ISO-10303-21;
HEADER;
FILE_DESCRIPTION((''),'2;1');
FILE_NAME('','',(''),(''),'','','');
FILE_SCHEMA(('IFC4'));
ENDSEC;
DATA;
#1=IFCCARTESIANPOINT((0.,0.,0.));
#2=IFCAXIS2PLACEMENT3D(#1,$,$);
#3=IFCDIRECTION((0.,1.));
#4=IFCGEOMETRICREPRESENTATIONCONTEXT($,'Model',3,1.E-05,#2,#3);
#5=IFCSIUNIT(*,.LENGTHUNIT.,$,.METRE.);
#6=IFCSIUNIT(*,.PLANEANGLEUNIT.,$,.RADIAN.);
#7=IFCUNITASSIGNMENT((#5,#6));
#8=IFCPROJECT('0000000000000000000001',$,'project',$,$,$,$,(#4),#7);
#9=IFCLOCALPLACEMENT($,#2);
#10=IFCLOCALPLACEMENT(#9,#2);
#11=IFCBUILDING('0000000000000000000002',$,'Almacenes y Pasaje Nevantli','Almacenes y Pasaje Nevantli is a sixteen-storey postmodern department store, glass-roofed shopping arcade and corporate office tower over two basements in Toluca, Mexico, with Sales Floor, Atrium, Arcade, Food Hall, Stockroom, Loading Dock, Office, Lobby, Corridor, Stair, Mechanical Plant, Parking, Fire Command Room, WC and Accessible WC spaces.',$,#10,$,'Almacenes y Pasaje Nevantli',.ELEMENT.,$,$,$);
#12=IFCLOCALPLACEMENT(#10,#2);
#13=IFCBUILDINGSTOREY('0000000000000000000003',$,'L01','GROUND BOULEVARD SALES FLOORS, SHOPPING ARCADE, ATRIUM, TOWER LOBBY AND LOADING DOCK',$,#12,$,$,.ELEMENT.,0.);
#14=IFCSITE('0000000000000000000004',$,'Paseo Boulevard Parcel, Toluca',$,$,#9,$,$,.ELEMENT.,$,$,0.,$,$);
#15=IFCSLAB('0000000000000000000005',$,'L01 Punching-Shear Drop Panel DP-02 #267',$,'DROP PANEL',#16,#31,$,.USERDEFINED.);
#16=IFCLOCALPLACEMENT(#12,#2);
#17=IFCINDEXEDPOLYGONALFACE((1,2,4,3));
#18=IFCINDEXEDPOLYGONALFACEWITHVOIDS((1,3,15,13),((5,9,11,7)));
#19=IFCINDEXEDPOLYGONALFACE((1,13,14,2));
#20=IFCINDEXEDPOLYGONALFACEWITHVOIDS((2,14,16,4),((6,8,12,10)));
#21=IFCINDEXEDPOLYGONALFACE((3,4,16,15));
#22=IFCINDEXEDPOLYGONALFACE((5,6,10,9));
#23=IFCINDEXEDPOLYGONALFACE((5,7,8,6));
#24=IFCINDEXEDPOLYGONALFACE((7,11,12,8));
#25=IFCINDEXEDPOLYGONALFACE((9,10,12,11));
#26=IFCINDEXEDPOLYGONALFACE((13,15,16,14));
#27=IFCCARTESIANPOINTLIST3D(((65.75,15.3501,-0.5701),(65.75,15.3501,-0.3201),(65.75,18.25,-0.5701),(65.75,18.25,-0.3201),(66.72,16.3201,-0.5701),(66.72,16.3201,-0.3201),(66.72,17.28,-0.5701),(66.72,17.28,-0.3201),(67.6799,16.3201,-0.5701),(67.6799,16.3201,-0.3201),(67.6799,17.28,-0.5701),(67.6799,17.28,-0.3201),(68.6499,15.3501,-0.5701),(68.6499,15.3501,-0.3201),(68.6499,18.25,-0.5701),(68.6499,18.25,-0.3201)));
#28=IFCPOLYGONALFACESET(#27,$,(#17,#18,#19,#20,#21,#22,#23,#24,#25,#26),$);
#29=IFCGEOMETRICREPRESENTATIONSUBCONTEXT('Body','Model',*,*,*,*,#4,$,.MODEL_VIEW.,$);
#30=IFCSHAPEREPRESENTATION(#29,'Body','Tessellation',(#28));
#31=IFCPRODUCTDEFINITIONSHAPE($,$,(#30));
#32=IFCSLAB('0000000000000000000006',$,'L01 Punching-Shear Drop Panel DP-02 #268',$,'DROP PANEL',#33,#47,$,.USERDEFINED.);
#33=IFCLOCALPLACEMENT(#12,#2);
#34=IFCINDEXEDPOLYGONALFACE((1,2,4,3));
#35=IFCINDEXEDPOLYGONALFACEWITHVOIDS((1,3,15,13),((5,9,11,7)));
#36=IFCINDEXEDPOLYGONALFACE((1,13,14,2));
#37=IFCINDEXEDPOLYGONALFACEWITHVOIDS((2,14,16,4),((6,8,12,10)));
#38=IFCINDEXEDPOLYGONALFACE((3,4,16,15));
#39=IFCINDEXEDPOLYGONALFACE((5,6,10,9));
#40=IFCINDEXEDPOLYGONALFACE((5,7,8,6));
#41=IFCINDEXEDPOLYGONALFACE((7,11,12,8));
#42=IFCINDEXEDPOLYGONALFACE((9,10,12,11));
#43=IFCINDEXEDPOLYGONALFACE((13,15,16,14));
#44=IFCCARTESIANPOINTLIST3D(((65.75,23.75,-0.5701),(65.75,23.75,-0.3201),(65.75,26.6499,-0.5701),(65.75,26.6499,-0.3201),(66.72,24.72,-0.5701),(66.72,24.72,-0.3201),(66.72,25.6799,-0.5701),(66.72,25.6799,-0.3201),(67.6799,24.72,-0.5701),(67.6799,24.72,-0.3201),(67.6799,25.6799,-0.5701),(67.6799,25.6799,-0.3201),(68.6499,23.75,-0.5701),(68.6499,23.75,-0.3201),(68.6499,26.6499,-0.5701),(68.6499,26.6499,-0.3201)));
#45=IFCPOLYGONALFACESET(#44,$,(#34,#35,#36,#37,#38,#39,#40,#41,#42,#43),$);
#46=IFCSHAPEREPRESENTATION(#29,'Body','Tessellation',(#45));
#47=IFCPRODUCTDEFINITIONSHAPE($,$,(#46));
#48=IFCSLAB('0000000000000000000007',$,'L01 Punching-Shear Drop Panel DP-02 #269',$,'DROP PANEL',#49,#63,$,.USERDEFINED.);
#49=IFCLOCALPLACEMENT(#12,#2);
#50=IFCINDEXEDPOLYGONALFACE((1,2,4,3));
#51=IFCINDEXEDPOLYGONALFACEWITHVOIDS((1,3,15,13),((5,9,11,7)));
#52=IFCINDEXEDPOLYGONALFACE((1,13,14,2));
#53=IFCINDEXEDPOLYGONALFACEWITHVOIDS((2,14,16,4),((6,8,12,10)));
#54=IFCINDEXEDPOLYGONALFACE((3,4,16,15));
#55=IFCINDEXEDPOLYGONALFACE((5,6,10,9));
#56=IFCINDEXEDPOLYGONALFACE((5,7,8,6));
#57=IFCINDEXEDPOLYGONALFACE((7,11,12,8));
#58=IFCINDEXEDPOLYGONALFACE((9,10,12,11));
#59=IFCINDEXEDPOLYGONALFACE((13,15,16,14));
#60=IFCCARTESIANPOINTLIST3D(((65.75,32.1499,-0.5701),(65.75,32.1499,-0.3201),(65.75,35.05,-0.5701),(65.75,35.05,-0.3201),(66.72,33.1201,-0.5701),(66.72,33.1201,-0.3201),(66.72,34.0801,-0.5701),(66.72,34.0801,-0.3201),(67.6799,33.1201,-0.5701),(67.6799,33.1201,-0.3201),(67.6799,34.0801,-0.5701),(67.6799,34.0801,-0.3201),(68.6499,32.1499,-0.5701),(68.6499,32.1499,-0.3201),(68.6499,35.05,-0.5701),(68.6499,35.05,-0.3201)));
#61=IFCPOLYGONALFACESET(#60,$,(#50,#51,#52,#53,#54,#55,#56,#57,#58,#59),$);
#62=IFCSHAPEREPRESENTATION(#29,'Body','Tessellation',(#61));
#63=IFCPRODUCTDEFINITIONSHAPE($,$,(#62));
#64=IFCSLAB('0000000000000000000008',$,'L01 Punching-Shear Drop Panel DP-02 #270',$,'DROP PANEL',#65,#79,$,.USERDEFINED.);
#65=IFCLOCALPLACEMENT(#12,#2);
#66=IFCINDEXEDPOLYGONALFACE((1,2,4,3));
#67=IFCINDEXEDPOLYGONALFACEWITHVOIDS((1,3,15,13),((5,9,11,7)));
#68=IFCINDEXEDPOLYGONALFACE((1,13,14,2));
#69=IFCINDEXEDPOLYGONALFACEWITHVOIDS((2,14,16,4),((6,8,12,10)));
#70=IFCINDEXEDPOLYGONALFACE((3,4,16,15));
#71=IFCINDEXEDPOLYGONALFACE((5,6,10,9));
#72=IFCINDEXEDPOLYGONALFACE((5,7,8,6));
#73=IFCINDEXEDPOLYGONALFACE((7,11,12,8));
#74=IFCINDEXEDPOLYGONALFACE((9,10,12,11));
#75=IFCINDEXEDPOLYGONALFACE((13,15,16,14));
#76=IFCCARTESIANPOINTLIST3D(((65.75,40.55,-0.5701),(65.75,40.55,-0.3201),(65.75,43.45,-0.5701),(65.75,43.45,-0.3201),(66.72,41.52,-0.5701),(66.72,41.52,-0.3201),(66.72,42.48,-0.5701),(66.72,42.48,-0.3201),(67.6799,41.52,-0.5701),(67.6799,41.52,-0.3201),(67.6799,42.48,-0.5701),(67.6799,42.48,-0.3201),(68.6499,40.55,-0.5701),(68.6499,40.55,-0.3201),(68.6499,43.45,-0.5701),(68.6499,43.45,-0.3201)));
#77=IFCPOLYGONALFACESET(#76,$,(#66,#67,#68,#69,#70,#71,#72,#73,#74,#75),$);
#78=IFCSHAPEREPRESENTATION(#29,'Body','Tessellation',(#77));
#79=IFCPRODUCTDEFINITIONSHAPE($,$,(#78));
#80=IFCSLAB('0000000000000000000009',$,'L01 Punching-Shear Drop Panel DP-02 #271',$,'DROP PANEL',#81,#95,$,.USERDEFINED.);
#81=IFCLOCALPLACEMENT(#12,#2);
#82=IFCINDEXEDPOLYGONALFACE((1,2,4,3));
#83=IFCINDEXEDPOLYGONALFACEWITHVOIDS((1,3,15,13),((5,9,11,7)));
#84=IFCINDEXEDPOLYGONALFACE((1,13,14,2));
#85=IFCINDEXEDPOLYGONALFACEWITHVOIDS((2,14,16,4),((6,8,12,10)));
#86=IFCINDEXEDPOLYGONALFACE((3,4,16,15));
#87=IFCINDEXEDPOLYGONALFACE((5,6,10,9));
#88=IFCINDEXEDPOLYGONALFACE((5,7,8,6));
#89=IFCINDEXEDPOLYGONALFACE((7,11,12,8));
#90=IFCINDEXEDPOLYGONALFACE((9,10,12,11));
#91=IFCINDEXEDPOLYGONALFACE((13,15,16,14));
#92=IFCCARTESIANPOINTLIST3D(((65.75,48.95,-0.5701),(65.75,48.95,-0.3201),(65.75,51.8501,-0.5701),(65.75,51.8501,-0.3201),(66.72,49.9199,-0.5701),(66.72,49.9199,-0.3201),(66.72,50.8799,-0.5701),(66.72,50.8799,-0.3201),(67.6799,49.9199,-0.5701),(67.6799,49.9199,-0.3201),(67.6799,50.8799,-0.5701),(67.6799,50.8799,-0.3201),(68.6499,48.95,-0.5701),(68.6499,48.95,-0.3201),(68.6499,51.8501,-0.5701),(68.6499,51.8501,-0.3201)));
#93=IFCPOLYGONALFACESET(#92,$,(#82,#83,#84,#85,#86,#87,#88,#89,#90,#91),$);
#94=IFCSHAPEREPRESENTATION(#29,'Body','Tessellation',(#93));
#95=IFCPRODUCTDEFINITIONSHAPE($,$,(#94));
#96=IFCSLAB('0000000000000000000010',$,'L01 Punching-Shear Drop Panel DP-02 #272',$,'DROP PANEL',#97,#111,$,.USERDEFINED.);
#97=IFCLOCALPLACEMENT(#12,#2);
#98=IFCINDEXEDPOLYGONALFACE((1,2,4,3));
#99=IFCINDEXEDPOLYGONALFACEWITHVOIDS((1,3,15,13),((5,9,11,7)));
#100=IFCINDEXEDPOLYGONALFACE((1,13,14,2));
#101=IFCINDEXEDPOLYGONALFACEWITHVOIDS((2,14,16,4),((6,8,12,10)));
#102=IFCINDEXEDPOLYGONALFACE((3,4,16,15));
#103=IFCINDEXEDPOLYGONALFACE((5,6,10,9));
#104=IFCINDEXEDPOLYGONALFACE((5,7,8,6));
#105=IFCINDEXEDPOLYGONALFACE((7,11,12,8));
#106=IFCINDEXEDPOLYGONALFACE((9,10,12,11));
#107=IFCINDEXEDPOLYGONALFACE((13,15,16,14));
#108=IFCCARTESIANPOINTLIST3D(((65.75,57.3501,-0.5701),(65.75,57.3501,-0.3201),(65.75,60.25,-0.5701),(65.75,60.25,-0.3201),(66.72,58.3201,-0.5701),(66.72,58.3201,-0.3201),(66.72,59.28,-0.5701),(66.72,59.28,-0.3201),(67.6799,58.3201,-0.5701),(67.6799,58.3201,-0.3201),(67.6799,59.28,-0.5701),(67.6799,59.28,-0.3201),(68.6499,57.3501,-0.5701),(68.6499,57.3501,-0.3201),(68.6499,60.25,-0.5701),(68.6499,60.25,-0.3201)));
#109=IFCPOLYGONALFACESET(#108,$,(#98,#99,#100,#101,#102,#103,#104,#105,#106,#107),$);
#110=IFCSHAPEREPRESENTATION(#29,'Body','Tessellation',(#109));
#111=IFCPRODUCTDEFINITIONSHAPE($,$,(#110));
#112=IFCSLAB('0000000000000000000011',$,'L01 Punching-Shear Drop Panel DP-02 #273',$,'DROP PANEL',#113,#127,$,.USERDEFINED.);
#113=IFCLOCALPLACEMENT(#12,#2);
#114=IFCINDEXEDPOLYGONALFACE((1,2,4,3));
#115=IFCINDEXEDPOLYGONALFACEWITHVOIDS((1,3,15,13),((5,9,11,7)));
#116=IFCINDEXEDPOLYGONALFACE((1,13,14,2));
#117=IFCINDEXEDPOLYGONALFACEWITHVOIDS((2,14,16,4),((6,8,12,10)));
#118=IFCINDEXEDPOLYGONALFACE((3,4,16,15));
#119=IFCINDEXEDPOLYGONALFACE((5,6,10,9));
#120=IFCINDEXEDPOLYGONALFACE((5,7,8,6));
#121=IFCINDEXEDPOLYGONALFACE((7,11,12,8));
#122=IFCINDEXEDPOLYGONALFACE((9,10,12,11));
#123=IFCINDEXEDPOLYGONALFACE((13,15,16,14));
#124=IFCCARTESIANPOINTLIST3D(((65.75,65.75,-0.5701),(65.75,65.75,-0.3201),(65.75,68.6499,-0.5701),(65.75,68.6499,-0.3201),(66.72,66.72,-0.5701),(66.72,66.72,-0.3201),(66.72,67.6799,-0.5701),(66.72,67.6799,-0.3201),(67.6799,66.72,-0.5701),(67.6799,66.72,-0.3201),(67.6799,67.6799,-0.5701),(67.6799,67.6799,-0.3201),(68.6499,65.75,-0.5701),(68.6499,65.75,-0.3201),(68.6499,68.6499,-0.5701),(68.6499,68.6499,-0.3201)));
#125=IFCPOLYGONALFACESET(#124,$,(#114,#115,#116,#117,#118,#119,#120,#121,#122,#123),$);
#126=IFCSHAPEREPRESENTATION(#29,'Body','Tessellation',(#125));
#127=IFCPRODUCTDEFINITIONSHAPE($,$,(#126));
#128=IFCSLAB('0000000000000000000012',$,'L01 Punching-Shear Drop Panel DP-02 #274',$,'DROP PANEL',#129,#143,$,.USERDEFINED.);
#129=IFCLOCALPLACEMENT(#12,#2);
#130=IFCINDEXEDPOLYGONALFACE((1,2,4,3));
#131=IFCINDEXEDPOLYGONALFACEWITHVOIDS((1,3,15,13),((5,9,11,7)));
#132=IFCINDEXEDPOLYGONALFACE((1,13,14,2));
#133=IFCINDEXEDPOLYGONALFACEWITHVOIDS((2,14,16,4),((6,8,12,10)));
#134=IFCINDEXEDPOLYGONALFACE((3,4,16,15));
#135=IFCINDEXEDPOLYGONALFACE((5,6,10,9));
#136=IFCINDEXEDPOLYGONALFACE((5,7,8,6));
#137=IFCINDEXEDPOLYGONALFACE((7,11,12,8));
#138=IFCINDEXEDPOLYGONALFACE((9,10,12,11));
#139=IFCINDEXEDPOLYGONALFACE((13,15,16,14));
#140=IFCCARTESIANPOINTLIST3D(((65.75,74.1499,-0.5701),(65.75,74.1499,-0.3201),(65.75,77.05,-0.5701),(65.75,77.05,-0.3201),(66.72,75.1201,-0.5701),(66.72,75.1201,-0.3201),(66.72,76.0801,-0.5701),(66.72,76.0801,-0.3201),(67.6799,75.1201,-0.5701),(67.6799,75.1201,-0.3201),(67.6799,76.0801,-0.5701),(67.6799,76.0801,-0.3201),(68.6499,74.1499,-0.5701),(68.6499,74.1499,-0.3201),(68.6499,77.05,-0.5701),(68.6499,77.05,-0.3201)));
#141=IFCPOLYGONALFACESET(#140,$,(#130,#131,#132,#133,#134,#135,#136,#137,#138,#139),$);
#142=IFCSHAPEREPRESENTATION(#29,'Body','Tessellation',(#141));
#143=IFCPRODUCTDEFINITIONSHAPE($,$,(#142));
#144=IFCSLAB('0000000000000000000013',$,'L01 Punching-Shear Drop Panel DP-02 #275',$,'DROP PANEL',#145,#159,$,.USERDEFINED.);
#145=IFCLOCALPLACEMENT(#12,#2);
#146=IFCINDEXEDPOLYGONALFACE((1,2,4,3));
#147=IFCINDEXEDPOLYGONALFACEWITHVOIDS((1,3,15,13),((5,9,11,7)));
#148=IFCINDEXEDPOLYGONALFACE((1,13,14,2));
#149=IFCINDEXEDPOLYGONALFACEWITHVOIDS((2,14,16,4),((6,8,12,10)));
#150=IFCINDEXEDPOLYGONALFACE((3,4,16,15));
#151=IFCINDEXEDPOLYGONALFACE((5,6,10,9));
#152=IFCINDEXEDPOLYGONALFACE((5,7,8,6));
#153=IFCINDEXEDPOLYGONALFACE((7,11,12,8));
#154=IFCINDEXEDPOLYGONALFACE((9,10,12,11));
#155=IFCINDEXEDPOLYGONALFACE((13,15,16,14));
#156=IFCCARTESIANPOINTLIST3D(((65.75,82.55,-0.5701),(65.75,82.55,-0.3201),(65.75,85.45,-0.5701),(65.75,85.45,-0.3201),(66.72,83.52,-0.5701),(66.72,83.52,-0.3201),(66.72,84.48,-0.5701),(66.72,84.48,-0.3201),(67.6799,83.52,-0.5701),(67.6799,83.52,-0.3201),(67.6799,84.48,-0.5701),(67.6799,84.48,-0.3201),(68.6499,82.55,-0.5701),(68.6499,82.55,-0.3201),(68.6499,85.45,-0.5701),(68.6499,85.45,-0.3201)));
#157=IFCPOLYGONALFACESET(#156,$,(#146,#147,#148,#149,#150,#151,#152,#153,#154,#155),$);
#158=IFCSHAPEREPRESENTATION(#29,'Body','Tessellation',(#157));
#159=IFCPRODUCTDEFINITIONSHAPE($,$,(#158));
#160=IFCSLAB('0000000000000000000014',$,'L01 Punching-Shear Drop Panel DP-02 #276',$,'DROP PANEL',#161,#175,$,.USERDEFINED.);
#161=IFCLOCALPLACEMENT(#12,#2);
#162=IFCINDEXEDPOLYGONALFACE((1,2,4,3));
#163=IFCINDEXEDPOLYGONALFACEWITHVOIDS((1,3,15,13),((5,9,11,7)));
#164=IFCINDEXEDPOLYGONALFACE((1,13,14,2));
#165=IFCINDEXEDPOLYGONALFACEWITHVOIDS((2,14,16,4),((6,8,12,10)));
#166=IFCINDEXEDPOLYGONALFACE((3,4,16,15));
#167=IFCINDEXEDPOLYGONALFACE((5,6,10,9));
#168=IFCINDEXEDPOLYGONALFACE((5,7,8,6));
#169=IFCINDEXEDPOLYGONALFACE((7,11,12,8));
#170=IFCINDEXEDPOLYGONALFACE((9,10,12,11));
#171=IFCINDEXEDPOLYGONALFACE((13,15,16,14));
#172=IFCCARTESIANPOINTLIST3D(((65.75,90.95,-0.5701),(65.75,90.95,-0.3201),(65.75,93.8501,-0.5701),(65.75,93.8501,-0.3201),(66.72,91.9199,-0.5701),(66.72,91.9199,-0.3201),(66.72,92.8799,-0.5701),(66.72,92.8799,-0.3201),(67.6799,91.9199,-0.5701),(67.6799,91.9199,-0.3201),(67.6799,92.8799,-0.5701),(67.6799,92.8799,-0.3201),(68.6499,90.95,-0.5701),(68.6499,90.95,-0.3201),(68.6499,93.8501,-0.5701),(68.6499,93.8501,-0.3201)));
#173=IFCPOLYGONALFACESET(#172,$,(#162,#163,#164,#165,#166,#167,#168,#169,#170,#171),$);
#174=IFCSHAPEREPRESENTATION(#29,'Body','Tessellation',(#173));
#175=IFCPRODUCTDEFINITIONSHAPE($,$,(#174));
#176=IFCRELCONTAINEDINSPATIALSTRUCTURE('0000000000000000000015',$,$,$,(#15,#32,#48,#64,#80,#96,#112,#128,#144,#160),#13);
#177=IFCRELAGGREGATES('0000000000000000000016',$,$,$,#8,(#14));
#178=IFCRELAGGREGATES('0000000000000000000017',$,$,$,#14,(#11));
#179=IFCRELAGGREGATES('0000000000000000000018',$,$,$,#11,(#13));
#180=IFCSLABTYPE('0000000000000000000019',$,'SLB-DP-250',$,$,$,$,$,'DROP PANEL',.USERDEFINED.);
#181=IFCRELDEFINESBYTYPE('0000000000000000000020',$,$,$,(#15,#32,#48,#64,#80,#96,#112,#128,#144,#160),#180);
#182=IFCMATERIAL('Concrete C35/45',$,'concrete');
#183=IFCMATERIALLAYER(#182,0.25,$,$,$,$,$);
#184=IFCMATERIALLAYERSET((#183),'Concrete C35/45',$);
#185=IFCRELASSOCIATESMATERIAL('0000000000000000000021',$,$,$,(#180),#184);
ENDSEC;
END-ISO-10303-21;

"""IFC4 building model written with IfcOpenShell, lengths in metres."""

from ifc_helpers import new_model, si_unit, direction, frame, origin, place, context, subcontext, project, spatial, polyline, outline, extrude, material, layer, layer_set, type_object, element, save


model = new_model("IFC4")

# Units and contexts
model_context = context("Model", 3, precision=1e-05, world=origin(), true_north=direction((0.0, 1.0)))
body_context = subcontext(model_context, "Body", "Model", "MODEL_VIEW")
ifc_project = project(units=[si_unit("LENGTHUNIT", "METRE"), si_unit("PLANEANGLEUNIT", "RADIAN")], contexts=[model_context])

# Site, building, storey
site_placement = place(None, origin())
site = spatial("IfcSite", under=ifc_project, at=site_placement, Name="Paseo Boulevard Parcel, Toluca", CompositionType="ELEMENT", RefElevation=0.0)
building_placement = place(site_placement, origin())
building = spatial("IfcBuilding", under=site, at=building_placement, Name="Almacenes y Pasaje Nevantli", Description="Almacenes y Pasaje Nevantli is a sixteen-storey postmodern department store, glass-roofed shopping arcade and corporate office tower over two basements in Toluca, Mexico, with Sales Floor, Atrium, Arcade, Food Hall, Stockroom, Loading Dock, Office, Lobby, Corridor, Stair, Mechanical Plant, Parking, Fire Command Room, WC and Accessible WC spaces.", LongName="Almacenes y Pasaje Nevantli", CompositionType="ELEMENT")
storey_placement = place(building_placement, origin())
storey = spatial("IfcBuildingStorey", under=building, at=storey_placement, Name="L01", Description="GROUND BOULEVARD SALES FLOORS, SHOPPING ARCADE, ATRIUM, TOWER LOBBY AND LOADING DOCK", CompositionType="ELEMENT", Elevation=0.0)

# Slabs
ifc_material = material(Name="Concrete C35/45", Category="concrete")
ifc_layer = layer(ifc_material, 0.25)
ifc_layer_set = layer_set([ifc_layer], Name="Concrete C35/45")
slab_type = type_object("IfcSlabType", Name="SLB-DP-250", ElementType="DROP PANEL", PredefinedType="USERDEFINED", material=ifc_layer_set)
slab_1_placement = place(storey_placement, frame((0.0, 0.0, -0.5701)))
element("IfcSlab", 1, at=slab_1_placement, inside=storey, type_object=slab_type, Name="L01 Punching-Shear Drop Panel DP-02 #267", ObjectType="DROP PANEL", PredefinedType="USERDEFINED", context=body_context, shape_type="SweptSolid", body=[
    extrude(outline(polyline([(65.75, 15.3501), (68.6499, 15.3501), (68.6499, 18.25), (65.75, 18.25), (65.75, 15.3501)]), holes=[polyline([(66.72, 16.3201), (67.6799, 16.3201), (67.6799, 17.28), (66.72, 17.28), (66.72, 16.3201)])]), origin(), (0.0, 0.0, 1.0), 0.25),
])
slab_2_placement = place(storey_placement, frame((0.0, 0.0, -0.5701)))
element("IfcSlab", 2, at=slab_2_placement, inside=storey, type_object=slab_type, Name="L01 Punching-Shear Drop Panel DP-02 #268", ObjectType="DROP PANEL", PredefinedType="USERDEFINED", context=body_context, shape_type="SweptSolid", body=[
    extrude(outline(polyline([(65.75, 23.75), (68.6499, 23.75), (68.6499, 26.6499), (65.75, 26.6499), (65.75, 23.75)]), holes=[polyline([(66.72, 24.72), (67.6799, 24.72), (67.6799, 25.6799), (66.72, 25.6799), (66.72, 24.72)])]), origin(), (0.0, 0.0, 1.0), 0.25),
])
slab_3_placement = place(storey_placement, frame((0.0, 0.0, -0.5701)))
element("IfcSlab", 3, at=slab_3_placement, inside=storey, type_object=slab_type, Name="L01 Punching-Shear Drop Panel DP-02 #269", ObjectType="DROP PANEL", PredefinedType="USERDEFINED", context=body_context, shape_type="SweptSolid", body=[
    extrude(outline(polyline([(65.75, 32.1499), (68.6499, 32.1499), (68.6499, 35.05), (65.75, 35.05), (65.75, 32.1499)]), holes=[polyline([(66.72, 33.1201), (67.6799, 33.1201), (67.6799, 34.0801), (66.72, 34.0801), (66.72, 33.1201)])]), origin(), (0.0, 0.0, 1.0), 0.25),
])
slab_4_placement = place(storey_placement, frame((0.0, 0.0, -0.5701)))
element("IfcSlab", 4, at=slab_4_placement, inside=storey, type_object=slab_type, Name="L01 Punching-Shear Drop Panel DP-02 #270", ObjectType="DROP PANEL", PredefinedType="USERDEFINED", context=body_context, shape_type="SweptSolid", body=[
    extrude(outline(polyline([(65.75, 40.55), (68.6499, 40.55), (68.6499, 43.45), (65.75, 43.45), (65.75, 40.55)]), holes=[polyline([(66.72, 41.52), (67.6799, 41.52), (67.6799, 42.48), (66.72, 42.48), (66.72, 41.52)])]), origin(), (0.0, 0.0, 1.0), 0.25),
])
slab_5_placement = place(storey_placement, frame((0.0, 0.0, -0.5701)))
element("IfcSlab", 5, at=slab_5_placement, inside=storey, type_object=slab_type, Name="L01 Punching-Shear Drop Panel DP-02 #271", ObjectType="DROP PANEL", PredefinedType="USERDEFINED", context=body_context, shape_type="SweptSolid", body=[
    extrude(outline(polyline([(65.75, 48.95), (68.6499, 48.95), (68.6499, 51.8501), (65.75, 51.8501), (65.75, 48.95)]), holes=[polyline([(66.72, 49.9199), (67.6799, 49.9199), (67.6799, 50.8799), (66.72, 50.8799), (66.72, 49.9199)])]), origin(), (0.0, 0.0, 1.0), 0.25),
])
slab_6_placement = place(storey_placement, frame((0.0, 0.0, -0.5701)))
element("IfcSlab", 6, at=slab_6_placement, inside=storey, type_object=slab_type, Name="L01 Punching-Shear Drop Panel DP-02 #272", ObjectType="DROP PANEL", PredefinedType="USERDEFINED", context=body_context, shape_type="SweptSolid", body=[
    extrude(outline(polyline([(65.75, 57.3501), (68.6499, 57.3501), (68.6499, 60.25), (65.75, 60.25), (65.75, 57.3501)]), holes=[polyline([(66.72, 58.3201), (67.6799, 58.3201), (67.6799, 59.28), (66.72, 59.28), (66.72, 58.3201)])]), origin(), (0.0, 0.0, 1.0), 0.25),
])
slab_7_placement = place(storey_placement, frame((0.0, 0.0, -0.5701)))
element("IfcSlab", 7, at=slab_7_placement, inside=storey, type_object=slab_type, Name="L01 Punching-Shear Drop Panel DP-02 #273", ObjectType="DROP PANEL", PredefinedType="USERDEFINED", context=body_context, shape_type="SweptSolid", body=[
    extrude(outline(polyline([(65.75, 65.75), (68.6499, 65.75), (68.6499, 68.6499), (65.75, 68.6499), (65.75, 65.75)]), holes=[polyline([(66.72, 66.72), (67.6799, 66.72), (67.6799, 67.6799), (66.72, 67.6799), (66.72, 66.72)])]), origin(), (0.0, 0.0, 1.0), 0.25),
])
slab_8_placement = place(storey_placement, frame((0.0, 0.0, -0.5701)))
element("IfcSlab", 8, at=slab_8_placement, inside=storey, type_object=slab_type, Name="L01 Punching-Shear Drop Panel DP-02 #274", ObjectType="DROP PANEL", PredefinedType="USERDEFINED", context=body_context, shape_type="SweptSolid", body=[
    extrude(outline(polyline([(65.75, 74.1499), (68.6499, 74.1499), (68.6499, 77.05), (65.75, 77.05), (65.75, 74.1499)]), holes=[polyline([(66.72, 75.1201), (67.6799, 75.1201), (67.6799, 76.0801), (66.72, 76.0801), (66.72, 75.1201)])]), origin(), (0.0, 0.0, 1.0), 0.25),
])
slab_9_placement = place(storey_placement, frame((0.0, 0.0, -0.5701)))
element("IfcSlab", 9, at=slab_9_placement, inside=storey, type_object=slab_type, Name="L01 Punching-Shear Drop Panel DP-02 #275", ObjectType="DROP PANEL", PredefinedType="USERDEFINED", context=body_context, shape_type="SweptSolid", body=[
    extrude(outline(polyline([(65.75, 82.55), (68.6499, 82.55), (68.6499, 85.45), (65.75, 85.45), (65.75, 82.55)]), holes=[polyline([(66.72, 83.52), (67.6799, 83.52), (67.6799, 84.48), (66.72, 84.48), (66.72, 83.52)])]), origin(), (0.0, 0.0, 1.0), 0.25),
])
slab_10_placement = place(storey_placement, frame((0.0, 0.0, -0.5701)))
element("IfcSlab", 10, at=slab_10_placement, inside=storey, type_object=slab_type, Name="L01 Punching-Shear Drop Panel DP-02 #276", ObjectType="DROP PANEL", PredefinedType="USERDEFINED", context=body_context, shape_type="SweptSolid", body=[
    extrude(outline(polyline([(65.75, 90.95), (68.6499, 90.95), (68.6499, 93.8501), (65.75, 93.8501), (65.75, 90.95)]), holes=[polyline([(66.72, 91.9199), (67.6799, 91.9199), (67.6799, 92.8799), (66.72, 92.8799), (66.72, 91.9199)])]), origin(), (0.0, 0.0, 1.0), 0.25),
])

save(model, "model.ifc")
